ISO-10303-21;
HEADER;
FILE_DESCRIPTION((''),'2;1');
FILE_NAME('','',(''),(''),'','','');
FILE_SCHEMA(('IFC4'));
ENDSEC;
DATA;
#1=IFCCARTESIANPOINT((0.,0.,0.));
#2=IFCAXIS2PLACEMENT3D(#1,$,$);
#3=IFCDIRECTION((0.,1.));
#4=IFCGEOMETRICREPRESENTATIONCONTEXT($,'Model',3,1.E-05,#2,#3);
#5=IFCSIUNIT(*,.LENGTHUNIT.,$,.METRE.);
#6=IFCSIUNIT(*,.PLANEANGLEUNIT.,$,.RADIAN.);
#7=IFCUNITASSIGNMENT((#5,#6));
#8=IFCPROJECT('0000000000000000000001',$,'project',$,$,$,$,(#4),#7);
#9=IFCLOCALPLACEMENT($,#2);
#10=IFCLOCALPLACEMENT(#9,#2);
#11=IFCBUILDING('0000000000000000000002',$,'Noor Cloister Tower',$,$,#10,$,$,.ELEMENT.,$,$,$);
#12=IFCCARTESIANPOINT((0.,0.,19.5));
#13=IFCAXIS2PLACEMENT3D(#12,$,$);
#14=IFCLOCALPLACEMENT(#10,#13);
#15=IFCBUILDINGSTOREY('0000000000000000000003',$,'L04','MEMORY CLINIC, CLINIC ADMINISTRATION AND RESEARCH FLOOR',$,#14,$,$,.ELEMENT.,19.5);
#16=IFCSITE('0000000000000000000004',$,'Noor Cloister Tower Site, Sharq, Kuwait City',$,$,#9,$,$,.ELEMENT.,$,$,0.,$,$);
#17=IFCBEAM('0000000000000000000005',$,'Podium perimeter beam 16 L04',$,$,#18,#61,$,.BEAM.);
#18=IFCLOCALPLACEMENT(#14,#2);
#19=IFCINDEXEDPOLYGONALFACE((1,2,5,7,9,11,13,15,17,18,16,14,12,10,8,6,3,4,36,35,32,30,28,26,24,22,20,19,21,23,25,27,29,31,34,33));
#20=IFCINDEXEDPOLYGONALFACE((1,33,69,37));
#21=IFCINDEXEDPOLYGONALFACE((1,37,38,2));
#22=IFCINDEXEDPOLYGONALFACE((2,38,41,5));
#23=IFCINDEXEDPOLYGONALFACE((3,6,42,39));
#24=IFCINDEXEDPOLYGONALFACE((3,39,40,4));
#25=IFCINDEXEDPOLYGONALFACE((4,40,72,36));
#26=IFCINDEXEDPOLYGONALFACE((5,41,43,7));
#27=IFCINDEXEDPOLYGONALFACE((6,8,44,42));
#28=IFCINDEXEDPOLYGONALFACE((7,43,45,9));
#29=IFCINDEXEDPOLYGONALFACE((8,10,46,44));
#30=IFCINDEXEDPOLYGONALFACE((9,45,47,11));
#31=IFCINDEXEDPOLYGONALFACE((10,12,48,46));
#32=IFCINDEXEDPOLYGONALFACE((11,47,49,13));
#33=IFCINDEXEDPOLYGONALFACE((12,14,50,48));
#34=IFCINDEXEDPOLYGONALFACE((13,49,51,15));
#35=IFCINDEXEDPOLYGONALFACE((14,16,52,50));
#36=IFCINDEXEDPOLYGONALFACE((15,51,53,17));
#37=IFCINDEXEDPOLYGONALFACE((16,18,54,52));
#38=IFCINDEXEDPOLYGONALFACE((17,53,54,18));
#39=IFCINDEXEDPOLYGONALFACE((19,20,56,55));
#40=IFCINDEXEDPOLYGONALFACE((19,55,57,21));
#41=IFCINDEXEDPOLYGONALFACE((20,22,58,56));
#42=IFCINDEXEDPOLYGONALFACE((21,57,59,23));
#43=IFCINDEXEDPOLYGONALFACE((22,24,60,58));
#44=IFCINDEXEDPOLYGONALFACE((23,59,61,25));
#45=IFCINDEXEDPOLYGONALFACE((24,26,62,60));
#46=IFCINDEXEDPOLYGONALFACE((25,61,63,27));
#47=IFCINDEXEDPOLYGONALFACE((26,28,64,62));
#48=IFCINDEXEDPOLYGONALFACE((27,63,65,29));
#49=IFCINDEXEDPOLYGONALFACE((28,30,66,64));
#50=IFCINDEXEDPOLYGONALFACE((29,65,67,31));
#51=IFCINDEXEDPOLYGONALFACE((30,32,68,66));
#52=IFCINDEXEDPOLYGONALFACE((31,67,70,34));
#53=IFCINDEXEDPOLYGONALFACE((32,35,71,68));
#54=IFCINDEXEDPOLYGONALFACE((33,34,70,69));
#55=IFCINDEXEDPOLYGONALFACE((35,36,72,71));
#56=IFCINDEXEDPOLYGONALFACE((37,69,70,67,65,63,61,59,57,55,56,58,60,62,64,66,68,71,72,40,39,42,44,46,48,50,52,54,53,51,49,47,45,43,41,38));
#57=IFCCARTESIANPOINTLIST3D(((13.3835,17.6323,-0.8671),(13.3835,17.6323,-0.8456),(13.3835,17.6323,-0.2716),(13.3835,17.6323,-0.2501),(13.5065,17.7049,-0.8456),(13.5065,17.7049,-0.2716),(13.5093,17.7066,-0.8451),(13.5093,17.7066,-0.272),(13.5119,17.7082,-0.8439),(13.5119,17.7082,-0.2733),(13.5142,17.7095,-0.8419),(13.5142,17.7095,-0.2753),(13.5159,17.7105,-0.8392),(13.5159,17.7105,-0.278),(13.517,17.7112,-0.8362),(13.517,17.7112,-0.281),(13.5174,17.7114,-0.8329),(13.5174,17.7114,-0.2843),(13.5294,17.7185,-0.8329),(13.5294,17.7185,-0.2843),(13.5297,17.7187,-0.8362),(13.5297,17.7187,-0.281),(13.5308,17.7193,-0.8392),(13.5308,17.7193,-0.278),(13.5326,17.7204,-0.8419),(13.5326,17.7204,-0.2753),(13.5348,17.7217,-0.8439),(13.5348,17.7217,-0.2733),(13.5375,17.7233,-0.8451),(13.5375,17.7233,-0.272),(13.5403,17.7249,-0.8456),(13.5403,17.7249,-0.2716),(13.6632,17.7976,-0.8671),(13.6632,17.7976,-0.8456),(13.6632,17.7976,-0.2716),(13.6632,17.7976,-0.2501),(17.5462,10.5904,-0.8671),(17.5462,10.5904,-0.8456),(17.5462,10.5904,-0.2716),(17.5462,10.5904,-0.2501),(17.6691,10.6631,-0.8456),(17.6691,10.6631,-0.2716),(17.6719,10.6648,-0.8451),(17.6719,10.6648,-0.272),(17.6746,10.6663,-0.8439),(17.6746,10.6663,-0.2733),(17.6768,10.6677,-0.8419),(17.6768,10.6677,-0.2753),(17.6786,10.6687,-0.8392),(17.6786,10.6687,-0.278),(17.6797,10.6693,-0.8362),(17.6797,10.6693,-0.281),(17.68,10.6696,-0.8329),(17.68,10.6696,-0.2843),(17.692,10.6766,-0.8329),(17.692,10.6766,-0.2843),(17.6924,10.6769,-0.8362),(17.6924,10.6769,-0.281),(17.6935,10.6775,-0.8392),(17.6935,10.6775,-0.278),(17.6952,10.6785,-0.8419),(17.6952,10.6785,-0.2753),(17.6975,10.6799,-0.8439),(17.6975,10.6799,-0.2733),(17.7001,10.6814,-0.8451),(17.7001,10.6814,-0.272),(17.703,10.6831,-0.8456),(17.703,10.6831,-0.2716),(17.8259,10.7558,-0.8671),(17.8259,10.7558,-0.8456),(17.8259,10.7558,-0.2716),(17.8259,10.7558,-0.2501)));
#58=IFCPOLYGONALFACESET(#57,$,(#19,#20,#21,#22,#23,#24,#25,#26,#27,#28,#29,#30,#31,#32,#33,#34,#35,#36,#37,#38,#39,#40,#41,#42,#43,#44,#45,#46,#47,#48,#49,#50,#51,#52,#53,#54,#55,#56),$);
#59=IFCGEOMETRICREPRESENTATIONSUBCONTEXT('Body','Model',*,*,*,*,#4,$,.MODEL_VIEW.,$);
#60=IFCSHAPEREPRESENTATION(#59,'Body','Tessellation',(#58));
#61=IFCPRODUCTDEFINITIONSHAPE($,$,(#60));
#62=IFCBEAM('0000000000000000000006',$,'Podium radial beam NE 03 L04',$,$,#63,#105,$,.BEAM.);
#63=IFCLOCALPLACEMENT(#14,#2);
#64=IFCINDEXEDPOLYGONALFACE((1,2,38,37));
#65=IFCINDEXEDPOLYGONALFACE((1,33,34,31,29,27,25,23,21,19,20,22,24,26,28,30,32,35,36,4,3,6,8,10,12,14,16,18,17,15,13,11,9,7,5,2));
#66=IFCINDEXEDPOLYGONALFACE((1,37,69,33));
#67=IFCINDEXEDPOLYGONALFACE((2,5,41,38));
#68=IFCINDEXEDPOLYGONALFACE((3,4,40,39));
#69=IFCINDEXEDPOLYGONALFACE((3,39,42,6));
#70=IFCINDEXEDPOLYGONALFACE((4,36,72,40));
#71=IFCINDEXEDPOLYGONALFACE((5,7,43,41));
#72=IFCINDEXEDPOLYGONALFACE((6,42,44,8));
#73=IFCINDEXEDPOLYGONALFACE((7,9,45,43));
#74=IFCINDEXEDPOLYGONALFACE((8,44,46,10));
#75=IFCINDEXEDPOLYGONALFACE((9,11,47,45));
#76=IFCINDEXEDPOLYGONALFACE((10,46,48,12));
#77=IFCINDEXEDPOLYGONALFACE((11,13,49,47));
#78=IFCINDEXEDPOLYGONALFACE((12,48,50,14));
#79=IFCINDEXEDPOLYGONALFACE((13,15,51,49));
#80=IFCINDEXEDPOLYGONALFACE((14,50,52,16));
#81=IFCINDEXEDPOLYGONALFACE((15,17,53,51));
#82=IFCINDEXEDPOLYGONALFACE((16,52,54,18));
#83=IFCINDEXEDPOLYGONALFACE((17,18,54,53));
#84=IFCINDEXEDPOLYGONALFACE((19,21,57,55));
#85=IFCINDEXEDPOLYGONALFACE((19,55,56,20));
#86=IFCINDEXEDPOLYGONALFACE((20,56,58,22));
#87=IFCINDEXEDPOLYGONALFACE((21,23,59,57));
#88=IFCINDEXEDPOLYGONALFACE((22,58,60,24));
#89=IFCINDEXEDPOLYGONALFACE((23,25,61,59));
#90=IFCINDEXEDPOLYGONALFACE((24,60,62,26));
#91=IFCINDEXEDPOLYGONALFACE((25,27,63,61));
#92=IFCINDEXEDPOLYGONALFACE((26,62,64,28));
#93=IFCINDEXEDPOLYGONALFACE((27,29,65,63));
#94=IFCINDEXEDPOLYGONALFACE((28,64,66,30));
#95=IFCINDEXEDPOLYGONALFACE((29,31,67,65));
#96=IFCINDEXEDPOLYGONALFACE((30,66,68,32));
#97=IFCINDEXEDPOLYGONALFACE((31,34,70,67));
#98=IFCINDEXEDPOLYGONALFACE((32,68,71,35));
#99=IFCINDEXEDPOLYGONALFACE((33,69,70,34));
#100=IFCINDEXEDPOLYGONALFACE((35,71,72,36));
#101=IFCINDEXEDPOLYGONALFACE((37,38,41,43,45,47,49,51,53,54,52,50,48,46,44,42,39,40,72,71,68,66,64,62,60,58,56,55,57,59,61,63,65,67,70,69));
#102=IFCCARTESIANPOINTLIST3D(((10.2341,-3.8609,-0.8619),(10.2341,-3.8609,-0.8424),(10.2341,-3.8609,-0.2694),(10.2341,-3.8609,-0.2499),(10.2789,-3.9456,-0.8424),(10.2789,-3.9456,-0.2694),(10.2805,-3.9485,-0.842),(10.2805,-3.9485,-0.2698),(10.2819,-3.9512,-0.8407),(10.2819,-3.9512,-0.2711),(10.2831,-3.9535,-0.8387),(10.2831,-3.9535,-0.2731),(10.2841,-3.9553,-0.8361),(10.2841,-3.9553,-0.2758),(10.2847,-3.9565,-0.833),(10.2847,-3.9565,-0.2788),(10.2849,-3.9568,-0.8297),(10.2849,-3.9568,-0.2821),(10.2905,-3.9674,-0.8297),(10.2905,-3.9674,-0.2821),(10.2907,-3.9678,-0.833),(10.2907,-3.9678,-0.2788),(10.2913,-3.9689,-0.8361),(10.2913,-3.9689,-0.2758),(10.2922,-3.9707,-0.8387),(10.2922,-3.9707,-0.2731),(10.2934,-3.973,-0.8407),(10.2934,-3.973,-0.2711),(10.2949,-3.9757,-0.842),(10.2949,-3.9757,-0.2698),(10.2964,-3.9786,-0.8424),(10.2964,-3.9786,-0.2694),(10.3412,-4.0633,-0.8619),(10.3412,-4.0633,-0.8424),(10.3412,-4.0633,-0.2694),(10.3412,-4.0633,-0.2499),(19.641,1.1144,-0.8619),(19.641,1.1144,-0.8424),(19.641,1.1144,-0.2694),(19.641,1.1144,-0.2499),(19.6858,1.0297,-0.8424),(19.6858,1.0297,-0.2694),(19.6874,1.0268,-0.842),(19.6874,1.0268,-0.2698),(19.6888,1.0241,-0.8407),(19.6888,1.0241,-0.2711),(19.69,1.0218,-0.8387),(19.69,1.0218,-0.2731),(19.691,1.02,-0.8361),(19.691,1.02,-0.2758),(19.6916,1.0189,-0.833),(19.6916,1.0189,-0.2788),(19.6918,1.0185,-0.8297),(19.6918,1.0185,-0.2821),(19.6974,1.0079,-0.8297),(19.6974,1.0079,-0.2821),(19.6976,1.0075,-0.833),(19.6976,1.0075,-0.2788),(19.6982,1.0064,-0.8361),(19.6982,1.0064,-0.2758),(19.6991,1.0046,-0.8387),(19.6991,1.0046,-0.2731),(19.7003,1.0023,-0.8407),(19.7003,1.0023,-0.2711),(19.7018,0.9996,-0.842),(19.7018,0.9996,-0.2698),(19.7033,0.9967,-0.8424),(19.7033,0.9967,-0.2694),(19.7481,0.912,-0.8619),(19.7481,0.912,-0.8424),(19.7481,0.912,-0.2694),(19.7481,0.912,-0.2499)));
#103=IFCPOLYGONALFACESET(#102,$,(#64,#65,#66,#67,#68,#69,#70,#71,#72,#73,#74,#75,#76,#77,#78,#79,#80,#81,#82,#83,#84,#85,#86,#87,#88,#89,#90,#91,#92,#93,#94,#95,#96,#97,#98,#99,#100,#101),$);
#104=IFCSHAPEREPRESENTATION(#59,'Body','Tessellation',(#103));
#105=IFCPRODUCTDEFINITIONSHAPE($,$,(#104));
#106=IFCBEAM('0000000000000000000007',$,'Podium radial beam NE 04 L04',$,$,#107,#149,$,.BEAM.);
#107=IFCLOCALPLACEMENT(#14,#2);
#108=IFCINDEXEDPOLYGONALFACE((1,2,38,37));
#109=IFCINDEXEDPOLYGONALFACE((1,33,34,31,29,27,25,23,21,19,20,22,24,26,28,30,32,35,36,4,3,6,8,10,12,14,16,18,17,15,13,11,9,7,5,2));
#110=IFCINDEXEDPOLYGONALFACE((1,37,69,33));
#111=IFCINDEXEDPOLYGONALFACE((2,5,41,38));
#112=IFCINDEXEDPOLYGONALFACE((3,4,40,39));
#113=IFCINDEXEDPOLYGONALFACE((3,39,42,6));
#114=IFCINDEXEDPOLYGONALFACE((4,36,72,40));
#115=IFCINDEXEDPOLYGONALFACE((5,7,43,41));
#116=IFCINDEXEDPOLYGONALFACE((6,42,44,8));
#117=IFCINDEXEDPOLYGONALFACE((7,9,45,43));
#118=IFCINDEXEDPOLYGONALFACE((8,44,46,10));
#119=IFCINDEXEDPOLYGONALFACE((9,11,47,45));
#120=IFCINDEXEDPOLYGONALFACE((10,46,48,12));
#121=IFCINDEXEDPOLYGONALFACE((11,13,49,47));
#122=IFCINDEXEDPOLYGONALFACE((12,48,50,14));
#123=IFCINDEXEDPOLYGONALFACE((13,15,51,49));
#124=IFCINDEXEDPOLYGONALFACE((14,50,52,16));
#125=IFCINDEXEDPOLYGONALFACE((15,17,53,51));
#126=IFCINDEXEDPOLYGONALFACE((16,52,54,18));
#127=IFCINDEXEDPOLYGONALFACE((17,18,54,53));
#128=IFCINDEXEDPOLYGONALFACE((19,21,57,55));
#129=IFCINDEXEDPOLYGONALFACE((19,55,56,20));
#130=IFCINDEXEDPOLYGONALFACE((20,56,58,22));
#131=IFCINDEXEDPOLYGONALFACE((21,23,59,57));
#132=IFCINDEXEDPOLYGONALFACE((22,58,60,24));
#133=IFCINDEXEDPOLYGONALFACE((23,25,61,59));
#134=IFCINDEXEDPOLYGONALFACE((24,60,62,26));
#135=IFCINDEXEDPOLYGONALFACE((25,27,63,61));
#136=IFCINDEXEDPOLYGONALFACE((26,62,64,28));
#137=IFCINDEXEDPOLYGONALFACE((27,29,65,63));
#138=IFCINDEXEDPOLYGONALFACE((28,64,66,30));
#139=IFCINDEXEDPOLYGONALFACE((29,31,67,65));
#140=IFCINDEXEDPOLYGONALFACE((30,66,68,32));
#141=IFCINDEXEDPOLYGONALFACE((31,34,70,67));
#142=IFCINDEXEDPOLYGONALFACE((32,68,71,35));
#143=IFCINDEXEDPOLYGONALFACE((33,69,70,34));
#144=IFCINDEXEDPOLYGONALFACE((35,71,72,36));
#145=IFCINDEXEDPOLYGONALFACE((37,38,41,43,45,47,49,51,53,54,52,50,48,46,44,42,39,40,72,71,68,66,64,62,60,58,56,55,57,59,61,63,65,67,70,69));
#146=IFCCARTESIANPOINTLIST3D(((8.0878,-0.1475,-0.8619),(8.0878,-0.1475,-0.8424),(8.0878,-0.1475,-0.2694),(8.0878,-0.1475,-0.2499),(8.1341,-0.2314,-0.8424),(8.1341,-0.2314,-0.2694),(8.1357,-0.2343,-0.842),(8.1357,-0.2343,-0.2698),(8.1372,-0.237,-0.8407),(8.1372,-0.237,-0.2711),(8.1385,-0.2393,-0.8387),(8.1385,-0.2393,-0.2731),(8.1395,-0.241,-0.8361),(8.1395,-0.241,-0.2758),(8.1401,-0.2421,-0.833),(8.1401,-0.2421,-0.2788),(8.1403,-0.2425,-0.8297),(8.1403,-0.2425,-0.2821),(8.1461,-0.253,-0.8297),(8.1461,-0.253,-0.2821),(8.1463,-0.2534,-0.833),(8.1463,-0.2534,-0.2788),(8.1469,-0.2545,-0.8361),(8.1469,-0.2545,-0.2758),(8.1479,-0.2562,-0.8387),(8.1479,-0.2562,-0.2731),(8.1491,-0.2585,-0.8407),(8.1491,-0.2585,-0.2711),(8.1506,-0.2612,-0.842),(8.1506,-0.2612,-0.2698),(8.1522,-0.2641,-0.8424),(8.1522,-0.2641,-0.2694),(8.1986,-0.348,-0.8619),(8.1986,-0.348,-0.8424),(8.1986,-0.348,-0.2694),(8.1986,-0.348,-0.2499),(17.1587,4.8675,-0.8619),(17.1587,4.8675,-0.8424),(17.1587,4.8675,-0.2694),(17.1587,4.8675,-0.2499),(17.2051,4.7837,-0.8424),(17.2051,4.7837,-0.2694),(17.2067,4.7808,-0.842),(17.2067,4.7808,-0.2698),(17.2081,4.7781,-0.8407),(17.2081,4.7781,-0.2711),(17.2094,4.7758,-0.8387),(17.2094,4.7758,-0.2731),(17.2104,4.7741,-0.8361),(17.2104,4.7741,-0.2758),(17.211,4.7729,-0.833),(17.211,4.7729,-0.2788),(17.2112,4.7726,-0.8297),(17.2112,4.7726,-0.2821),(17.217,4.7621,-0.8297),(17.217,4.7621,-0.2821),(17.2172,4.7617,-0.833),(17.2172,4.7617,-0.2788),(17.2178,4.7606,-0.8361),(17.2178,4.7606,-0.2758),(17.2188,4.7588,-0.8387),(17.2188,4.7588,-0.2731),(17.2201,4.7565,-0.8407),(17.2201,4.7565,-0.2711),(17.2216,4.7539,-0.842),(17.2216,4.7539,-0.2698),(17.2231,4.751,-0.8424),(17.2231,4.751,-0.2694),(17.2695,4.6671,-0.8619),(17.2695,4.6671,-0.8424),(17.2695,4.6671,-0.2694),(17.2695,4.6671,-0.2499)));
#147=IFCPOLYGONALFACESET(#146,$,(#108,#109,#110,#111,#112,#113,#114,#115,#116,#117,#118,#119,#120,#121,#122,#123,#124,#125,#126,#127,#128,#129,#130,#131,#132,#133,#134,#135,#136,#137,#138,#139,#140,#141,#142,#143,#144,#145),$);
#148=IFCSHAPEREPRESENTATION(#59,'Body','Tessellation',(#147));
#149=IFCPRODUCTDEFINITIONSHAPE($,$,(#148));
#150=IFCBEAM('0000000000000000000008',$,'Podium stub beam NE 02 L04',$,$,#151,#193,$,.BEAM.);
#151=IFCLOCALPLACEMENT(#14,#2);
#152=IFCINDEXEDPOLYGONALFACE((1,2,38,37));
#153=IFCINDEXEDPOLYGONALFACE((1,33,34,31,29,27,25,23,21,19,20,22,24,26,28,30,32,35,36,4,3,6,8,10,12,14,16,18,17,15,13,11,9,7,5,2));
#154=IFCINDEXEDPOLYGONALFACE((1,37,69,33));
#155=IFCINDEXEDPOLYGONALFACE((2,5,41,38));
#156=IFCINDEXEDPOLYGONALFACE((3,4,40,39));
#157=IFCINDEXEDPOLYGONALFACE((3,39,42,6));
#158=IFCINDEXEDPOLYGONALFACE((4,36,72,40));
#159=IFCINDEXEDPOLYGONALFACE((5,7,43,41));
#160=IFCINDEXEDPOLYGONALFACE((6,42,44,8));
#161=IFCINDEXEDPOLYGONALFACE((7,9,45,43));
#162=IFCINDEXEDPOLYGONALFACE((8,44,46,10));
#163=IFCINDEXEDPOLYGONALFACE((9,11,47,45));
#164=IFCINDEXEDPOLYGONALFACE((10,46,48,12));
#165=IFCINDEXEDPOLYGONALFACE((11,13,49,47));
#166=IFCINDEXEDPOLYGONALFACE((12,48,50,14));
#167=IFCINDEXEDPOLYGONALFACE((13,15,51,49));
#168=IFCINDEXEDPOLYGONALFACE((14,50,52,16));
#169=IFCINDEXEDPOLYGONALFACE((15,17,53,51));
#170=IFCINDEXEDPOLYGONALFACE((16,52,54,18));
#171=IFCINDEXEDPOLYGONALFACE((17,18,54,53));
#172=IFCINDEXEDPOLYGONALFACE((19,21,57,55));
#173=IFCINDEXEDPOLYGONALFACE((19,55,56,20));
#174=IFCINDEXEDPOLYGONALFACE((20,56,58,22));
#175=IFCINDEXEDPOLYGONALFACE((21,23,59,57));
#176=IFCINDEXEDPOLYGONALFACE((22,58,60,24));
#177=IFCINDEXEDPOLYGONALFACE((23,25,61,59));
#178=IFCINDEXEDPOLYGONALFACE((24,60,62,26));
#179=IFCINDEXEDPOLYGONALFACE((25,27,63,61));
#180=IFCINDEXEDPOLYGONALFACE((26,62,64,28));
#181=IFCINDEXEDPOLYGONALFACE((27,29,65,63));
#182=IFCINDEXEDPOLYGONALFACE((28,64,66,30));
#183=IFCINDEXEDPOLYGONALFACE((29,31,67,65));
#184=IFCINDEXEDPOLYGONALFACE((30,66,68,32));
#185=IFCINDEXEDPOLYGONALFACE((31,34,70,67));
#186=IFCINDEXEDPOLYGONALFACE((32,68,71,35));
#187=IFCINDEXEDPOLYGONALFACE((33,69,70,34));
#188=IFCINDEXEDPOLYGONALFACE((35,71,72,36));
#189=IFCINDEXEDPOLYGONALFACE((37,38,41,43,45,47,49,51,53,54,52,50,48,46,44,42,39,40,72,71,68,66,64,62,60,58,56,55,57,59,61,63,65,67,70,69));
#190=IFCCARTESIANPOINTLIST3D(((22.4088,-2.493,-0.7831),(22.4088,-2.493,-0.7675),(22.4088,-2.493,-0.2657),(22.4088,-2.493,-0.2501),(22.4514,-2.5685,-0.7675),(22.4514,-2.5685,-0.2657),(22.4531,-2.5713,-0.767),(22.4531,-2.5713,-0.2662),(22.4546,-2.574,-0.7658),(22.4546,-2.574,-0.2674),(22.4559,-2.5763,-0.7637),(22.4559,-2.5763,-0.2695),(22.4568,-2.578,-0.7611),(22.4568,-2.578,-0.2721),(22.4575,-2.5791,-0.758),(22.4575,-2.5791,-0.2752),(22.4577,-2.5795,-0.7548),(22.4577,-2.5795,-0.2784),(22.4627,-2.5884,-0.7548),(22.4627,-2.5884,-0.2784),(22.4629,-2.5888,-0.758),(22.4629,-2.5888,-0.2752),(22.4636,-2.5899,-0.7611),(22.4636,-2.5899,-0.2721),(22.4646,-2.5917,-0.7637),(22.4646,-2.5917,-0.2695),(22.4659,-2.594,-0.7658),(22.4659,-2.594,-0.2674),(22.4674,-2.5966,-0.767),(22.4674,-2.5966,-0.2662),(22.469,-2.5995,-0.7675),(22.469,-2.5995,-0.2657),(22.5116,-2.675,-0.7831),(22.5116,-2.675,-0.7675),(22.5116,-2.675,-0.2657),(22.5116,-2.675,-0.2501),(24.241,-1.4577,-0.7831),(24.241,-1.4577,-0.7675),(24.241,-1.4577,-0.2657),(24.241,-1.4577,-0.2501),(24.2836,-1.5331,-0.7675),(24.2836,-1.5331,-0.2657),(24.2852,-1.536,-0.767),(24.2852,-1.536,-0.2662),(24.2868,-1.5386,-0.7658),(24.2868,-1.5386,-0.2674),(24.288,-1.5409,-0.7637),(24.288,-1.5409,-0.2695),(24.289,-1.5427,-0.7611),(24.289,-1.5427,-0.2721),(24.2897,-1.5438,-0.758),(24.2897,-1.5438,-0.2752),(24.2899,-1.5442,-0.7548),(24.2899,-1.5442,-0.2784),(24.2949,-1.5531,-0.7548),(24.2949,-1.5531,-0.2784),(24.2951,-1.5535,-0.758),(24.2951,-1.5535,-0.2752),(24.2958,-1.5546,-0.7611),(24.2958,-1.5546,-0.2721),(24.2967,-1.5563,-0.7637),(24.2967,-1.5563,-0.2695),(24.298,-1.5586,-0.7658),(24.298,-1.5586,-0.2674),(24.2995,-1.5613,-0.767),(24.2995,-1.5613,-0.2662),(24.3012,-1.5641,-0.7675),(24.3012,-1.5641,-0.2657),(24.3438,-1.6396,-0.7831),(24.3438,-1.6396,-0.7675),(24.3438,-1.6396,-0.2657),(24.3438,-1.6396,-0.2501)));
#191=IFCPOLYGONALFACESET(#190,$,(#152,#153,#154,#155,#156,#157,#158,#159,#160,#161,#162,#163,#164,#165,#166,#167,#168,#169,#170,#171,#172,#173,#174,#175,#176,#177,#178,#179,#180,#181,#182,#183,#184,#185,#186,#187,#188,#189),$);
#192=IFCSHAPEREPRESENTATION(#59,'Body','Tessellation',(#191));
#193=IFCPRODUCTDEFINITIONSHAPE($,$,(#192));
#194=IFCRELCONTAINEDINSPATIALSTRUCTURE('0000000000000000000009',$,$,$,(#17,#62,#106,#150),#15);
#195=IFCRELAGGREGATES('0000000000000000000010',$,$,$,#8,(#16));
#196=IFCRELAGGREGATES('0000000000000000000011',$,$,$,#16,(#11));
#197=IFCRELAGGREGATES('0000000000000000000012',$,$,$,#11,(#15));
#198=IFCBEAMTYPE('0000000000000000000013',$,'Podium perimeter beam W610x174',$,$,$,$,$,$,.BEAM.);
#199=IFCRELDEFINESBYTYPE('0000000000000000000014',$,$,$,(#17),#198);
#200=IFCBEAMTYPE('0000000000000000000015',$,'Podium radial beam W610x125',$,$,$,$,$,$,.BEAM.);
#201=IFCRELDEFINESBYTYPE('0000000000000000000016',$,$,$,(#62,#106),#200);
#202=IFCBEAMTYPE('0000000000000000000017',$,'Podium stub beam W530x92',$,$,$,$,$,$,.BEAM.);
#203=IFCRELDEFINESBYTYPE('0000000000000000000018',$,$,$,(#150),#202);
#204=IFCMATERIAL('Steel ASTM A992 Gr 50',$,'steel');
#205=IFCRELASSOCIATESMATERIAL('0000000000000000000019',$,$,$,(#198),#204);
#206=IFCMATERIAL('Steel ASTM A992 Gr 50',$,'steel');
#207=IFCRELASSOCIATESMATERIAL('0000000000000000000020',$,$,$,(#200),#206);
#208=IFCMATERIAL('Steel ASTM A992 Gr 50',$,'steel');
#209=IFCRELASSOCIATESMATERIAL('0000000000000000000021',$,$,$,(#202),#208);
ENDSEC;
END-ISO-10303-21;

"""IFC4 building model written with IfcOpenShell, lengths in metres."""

from ifc_helpers import new_model, si_unit, direction, frame, origin, origin_2d, place, context, subcontext, project, spatial, i_section, extrude, material, material_profile, profile_set, type_object, element, save


model = new_model("IFC4")

# Units and contexts
model_context = context("Model", 3, precision=1e-05, world=origin(), true_north=direction((0.0, 1.0)))
body_context = subcontext(model_context, "Body", "Model", "MODEL_VIEW")
ifc_project = project(units=[si_unit("LENGTHUNIT", "METRE"), si_unit("PLANEANGLEUNIT", "RADIAN")], contexts=[model_context])

# Site, building, storey
site_placement = place(None, origin())
site = spatial("IfcSite", under=ifc_project, at=site_placement, Name="Noor Cloister Tower Site, Sharq, Kuwait City", CompositionType="ELEMENT", RefElevation=0.0)
building_placement = place(site_placement, origin())
building = spatial("IfcBuilding", under=site, at=building_placement, Name="Noor Cloister Tower", CompositionType="ELEMENT")
storey_placement = place(building_placement, frame((0.0, 0.0, 19.5)))
storey = spatial("IfcBuildingStorey", under=building, at=storey_placement, Name="L04", Description="MEMORY CLINIC, CLINIC ADMINISTRATION AND RESEARCH FLOOR", CompositionType="ELEMENT", Elevation=19.5)

# Beams
ifc_material_1 = material(Name="Steel ASTM A992 Gr 50", Category="steel")
ifc_material_profile_1 = material_profile(ifc_material_1, i_section(OverallWidth=0.325, OverallDepth=0.6169, WebThickness=0.0139, FlangeThickness=0.0215, FilletRadius=0.0127, at=origin_2d()), Name="W610x174")
ifc_profile_set_1 = profile_set([ifc_material_profile_1], Name="Steel ASTM A992 Gr 50")
beam_type_1 = type_object("IfcBeamType", Name="Podium perimeter beam W610x174", PredefinedType="BEAM", material=ifc_profile_set_1)
for number, where, z_axis, x_axis, name in (
    (1, (17.686, 10.6731, -0.5586), (-0.508871, 0.860843, 0.0), (-0.860843, -0.508871, 0.0), "Podium perimeter beam 16 L04"),
):
    element("IfcBeam", number, at=place(storey_placement, frame(where, z_axis=z_axis, x_axis=x_axis)), inside=storey, type_object=beam_type_1, Name=name, PredefinedType="BEAM", context=body_context, shape_type="SweptSolid", body=[
        extrude(i_section(OverallWidth=0.325, OverallDepth=0.6169, WebThickness=0.0139, FlangeThickness=0.0215, FilletRadius=0.0127, at=origin_2d()), origin(), (0.0, 0.0, 1.0), 8.1802),
    ])
ifc_material_2 = material(Name="Steel ASTM A992 Gr 50", Category="steel")
ifc_material_profile_2 = material_profile(ifc_material_2, i_section(OverallWidth=0.229, OverallDepth=0.6121, WebThickness=0.012, FlangeThickness=0.0195, FilletRadius=0.0127, at=origin_2d()), Name="W610x125")
ifc_profile_set_2 = profile_set([ifc_material_profile_2], Name="Steel ASTM A992 Gr 50")
beam_type_2 = type_object("IfcBeamType", Name="Podium radial beam W610x125", PredefinedType="BEAM", material=ifc_profile_set_2)
beam_1_placement = place(storey_placement, frame((19.6946, 1.0132, -0.5559), z_axis=(-0.883975, -0.467534, 0.0), x_axis=(0.467534, -0.883975, 0.0)))
element("IfcBeam", 2, at=beam_1_placement, inside=storey, type_object=beam_type_2, Name="Podium radial beam NE 03 L04", PredefinedType="BEAM", context=body_context, shape_type="SweptSolid", body=[
    extrude(i_section(OverallWidth=0.229, OverallDepth=0.6121, WebThickness=0.012, FlangeThickness=0.0195, FilletRadius=0.0127, at=origin_2d()), origin(), (0.0, 0.0, 1.0), 10.6416),
])
beam_2_placement = place(storey_placement, frame((17.2141, 4.7673, -0.5559), z_axis=(-0.875152, -0.483848, 0.0), x_axis=(0.483848, -0.875152, 0.0)))
element("IfcBeam", 3, at=beam_2_placement, inside=storey, type_object=beam_type_2, Name="Podium radial beam NE 04 L04", PredefinedType="BEAM", context=body_context, shape_type="SweptSolid", body=[
    extrude(i_section(OverallWidth=0.229, OverallDepth=0.6121, WebThickness=0.012, FlangeThickness=0.0195, FilletRadius=0.0127, at=origin_2d()), origin(), (0.0, 0.0, 1.0), 10.365),
])
ifc_material_3 = material(Name="Steel ASTM A992 Gr 50", Category="steel")
ifc_material_profile_3 = material_profile(ifc_material_3, i_section(OverallWidth=0.209, OverallDepth=0.533, WebThickness=0.0103, FlangeThickness=0.0156, FilletRadius=0.0127, at=origin_2d()), Name="W530x92")
ifc_profile_set_3 = profile_set([ifc_material_profile_3], Name="Steel ASTM A992 Gr 50")
beam_type_3 = type_object("IfcBeamType", Name="Podium stub beam W530x92", PredefinedType="BEAM", material=ifc_profile_set_3)
beam_3_placement = place(storey_placement, frame((22.4602, -2.584, -0.5166), z_axis=(0.87061, 0.491973, 0.0), x_axis=(-0.491973, 0.87061, 0.0)))
element("IfcBeam", 4, at=beam_3_placement, inside=storey, type_object=beam_type_3, Name="Podium stub beam NE 02 L04", PredefinedType="BEAM", context=body_context, shape_type="SweptSolid", body=[
    extrude(i_section(OverallWidth=0.209, OverallDepth=0.533, WebThickness=0.0103, FlangeThickness=0.0156, FilletRadius=0.0127, at=origin_2d()), origin(), (0.0, 0.0, 1.0), 2.1045),
])

save(model, "model.ifc")
